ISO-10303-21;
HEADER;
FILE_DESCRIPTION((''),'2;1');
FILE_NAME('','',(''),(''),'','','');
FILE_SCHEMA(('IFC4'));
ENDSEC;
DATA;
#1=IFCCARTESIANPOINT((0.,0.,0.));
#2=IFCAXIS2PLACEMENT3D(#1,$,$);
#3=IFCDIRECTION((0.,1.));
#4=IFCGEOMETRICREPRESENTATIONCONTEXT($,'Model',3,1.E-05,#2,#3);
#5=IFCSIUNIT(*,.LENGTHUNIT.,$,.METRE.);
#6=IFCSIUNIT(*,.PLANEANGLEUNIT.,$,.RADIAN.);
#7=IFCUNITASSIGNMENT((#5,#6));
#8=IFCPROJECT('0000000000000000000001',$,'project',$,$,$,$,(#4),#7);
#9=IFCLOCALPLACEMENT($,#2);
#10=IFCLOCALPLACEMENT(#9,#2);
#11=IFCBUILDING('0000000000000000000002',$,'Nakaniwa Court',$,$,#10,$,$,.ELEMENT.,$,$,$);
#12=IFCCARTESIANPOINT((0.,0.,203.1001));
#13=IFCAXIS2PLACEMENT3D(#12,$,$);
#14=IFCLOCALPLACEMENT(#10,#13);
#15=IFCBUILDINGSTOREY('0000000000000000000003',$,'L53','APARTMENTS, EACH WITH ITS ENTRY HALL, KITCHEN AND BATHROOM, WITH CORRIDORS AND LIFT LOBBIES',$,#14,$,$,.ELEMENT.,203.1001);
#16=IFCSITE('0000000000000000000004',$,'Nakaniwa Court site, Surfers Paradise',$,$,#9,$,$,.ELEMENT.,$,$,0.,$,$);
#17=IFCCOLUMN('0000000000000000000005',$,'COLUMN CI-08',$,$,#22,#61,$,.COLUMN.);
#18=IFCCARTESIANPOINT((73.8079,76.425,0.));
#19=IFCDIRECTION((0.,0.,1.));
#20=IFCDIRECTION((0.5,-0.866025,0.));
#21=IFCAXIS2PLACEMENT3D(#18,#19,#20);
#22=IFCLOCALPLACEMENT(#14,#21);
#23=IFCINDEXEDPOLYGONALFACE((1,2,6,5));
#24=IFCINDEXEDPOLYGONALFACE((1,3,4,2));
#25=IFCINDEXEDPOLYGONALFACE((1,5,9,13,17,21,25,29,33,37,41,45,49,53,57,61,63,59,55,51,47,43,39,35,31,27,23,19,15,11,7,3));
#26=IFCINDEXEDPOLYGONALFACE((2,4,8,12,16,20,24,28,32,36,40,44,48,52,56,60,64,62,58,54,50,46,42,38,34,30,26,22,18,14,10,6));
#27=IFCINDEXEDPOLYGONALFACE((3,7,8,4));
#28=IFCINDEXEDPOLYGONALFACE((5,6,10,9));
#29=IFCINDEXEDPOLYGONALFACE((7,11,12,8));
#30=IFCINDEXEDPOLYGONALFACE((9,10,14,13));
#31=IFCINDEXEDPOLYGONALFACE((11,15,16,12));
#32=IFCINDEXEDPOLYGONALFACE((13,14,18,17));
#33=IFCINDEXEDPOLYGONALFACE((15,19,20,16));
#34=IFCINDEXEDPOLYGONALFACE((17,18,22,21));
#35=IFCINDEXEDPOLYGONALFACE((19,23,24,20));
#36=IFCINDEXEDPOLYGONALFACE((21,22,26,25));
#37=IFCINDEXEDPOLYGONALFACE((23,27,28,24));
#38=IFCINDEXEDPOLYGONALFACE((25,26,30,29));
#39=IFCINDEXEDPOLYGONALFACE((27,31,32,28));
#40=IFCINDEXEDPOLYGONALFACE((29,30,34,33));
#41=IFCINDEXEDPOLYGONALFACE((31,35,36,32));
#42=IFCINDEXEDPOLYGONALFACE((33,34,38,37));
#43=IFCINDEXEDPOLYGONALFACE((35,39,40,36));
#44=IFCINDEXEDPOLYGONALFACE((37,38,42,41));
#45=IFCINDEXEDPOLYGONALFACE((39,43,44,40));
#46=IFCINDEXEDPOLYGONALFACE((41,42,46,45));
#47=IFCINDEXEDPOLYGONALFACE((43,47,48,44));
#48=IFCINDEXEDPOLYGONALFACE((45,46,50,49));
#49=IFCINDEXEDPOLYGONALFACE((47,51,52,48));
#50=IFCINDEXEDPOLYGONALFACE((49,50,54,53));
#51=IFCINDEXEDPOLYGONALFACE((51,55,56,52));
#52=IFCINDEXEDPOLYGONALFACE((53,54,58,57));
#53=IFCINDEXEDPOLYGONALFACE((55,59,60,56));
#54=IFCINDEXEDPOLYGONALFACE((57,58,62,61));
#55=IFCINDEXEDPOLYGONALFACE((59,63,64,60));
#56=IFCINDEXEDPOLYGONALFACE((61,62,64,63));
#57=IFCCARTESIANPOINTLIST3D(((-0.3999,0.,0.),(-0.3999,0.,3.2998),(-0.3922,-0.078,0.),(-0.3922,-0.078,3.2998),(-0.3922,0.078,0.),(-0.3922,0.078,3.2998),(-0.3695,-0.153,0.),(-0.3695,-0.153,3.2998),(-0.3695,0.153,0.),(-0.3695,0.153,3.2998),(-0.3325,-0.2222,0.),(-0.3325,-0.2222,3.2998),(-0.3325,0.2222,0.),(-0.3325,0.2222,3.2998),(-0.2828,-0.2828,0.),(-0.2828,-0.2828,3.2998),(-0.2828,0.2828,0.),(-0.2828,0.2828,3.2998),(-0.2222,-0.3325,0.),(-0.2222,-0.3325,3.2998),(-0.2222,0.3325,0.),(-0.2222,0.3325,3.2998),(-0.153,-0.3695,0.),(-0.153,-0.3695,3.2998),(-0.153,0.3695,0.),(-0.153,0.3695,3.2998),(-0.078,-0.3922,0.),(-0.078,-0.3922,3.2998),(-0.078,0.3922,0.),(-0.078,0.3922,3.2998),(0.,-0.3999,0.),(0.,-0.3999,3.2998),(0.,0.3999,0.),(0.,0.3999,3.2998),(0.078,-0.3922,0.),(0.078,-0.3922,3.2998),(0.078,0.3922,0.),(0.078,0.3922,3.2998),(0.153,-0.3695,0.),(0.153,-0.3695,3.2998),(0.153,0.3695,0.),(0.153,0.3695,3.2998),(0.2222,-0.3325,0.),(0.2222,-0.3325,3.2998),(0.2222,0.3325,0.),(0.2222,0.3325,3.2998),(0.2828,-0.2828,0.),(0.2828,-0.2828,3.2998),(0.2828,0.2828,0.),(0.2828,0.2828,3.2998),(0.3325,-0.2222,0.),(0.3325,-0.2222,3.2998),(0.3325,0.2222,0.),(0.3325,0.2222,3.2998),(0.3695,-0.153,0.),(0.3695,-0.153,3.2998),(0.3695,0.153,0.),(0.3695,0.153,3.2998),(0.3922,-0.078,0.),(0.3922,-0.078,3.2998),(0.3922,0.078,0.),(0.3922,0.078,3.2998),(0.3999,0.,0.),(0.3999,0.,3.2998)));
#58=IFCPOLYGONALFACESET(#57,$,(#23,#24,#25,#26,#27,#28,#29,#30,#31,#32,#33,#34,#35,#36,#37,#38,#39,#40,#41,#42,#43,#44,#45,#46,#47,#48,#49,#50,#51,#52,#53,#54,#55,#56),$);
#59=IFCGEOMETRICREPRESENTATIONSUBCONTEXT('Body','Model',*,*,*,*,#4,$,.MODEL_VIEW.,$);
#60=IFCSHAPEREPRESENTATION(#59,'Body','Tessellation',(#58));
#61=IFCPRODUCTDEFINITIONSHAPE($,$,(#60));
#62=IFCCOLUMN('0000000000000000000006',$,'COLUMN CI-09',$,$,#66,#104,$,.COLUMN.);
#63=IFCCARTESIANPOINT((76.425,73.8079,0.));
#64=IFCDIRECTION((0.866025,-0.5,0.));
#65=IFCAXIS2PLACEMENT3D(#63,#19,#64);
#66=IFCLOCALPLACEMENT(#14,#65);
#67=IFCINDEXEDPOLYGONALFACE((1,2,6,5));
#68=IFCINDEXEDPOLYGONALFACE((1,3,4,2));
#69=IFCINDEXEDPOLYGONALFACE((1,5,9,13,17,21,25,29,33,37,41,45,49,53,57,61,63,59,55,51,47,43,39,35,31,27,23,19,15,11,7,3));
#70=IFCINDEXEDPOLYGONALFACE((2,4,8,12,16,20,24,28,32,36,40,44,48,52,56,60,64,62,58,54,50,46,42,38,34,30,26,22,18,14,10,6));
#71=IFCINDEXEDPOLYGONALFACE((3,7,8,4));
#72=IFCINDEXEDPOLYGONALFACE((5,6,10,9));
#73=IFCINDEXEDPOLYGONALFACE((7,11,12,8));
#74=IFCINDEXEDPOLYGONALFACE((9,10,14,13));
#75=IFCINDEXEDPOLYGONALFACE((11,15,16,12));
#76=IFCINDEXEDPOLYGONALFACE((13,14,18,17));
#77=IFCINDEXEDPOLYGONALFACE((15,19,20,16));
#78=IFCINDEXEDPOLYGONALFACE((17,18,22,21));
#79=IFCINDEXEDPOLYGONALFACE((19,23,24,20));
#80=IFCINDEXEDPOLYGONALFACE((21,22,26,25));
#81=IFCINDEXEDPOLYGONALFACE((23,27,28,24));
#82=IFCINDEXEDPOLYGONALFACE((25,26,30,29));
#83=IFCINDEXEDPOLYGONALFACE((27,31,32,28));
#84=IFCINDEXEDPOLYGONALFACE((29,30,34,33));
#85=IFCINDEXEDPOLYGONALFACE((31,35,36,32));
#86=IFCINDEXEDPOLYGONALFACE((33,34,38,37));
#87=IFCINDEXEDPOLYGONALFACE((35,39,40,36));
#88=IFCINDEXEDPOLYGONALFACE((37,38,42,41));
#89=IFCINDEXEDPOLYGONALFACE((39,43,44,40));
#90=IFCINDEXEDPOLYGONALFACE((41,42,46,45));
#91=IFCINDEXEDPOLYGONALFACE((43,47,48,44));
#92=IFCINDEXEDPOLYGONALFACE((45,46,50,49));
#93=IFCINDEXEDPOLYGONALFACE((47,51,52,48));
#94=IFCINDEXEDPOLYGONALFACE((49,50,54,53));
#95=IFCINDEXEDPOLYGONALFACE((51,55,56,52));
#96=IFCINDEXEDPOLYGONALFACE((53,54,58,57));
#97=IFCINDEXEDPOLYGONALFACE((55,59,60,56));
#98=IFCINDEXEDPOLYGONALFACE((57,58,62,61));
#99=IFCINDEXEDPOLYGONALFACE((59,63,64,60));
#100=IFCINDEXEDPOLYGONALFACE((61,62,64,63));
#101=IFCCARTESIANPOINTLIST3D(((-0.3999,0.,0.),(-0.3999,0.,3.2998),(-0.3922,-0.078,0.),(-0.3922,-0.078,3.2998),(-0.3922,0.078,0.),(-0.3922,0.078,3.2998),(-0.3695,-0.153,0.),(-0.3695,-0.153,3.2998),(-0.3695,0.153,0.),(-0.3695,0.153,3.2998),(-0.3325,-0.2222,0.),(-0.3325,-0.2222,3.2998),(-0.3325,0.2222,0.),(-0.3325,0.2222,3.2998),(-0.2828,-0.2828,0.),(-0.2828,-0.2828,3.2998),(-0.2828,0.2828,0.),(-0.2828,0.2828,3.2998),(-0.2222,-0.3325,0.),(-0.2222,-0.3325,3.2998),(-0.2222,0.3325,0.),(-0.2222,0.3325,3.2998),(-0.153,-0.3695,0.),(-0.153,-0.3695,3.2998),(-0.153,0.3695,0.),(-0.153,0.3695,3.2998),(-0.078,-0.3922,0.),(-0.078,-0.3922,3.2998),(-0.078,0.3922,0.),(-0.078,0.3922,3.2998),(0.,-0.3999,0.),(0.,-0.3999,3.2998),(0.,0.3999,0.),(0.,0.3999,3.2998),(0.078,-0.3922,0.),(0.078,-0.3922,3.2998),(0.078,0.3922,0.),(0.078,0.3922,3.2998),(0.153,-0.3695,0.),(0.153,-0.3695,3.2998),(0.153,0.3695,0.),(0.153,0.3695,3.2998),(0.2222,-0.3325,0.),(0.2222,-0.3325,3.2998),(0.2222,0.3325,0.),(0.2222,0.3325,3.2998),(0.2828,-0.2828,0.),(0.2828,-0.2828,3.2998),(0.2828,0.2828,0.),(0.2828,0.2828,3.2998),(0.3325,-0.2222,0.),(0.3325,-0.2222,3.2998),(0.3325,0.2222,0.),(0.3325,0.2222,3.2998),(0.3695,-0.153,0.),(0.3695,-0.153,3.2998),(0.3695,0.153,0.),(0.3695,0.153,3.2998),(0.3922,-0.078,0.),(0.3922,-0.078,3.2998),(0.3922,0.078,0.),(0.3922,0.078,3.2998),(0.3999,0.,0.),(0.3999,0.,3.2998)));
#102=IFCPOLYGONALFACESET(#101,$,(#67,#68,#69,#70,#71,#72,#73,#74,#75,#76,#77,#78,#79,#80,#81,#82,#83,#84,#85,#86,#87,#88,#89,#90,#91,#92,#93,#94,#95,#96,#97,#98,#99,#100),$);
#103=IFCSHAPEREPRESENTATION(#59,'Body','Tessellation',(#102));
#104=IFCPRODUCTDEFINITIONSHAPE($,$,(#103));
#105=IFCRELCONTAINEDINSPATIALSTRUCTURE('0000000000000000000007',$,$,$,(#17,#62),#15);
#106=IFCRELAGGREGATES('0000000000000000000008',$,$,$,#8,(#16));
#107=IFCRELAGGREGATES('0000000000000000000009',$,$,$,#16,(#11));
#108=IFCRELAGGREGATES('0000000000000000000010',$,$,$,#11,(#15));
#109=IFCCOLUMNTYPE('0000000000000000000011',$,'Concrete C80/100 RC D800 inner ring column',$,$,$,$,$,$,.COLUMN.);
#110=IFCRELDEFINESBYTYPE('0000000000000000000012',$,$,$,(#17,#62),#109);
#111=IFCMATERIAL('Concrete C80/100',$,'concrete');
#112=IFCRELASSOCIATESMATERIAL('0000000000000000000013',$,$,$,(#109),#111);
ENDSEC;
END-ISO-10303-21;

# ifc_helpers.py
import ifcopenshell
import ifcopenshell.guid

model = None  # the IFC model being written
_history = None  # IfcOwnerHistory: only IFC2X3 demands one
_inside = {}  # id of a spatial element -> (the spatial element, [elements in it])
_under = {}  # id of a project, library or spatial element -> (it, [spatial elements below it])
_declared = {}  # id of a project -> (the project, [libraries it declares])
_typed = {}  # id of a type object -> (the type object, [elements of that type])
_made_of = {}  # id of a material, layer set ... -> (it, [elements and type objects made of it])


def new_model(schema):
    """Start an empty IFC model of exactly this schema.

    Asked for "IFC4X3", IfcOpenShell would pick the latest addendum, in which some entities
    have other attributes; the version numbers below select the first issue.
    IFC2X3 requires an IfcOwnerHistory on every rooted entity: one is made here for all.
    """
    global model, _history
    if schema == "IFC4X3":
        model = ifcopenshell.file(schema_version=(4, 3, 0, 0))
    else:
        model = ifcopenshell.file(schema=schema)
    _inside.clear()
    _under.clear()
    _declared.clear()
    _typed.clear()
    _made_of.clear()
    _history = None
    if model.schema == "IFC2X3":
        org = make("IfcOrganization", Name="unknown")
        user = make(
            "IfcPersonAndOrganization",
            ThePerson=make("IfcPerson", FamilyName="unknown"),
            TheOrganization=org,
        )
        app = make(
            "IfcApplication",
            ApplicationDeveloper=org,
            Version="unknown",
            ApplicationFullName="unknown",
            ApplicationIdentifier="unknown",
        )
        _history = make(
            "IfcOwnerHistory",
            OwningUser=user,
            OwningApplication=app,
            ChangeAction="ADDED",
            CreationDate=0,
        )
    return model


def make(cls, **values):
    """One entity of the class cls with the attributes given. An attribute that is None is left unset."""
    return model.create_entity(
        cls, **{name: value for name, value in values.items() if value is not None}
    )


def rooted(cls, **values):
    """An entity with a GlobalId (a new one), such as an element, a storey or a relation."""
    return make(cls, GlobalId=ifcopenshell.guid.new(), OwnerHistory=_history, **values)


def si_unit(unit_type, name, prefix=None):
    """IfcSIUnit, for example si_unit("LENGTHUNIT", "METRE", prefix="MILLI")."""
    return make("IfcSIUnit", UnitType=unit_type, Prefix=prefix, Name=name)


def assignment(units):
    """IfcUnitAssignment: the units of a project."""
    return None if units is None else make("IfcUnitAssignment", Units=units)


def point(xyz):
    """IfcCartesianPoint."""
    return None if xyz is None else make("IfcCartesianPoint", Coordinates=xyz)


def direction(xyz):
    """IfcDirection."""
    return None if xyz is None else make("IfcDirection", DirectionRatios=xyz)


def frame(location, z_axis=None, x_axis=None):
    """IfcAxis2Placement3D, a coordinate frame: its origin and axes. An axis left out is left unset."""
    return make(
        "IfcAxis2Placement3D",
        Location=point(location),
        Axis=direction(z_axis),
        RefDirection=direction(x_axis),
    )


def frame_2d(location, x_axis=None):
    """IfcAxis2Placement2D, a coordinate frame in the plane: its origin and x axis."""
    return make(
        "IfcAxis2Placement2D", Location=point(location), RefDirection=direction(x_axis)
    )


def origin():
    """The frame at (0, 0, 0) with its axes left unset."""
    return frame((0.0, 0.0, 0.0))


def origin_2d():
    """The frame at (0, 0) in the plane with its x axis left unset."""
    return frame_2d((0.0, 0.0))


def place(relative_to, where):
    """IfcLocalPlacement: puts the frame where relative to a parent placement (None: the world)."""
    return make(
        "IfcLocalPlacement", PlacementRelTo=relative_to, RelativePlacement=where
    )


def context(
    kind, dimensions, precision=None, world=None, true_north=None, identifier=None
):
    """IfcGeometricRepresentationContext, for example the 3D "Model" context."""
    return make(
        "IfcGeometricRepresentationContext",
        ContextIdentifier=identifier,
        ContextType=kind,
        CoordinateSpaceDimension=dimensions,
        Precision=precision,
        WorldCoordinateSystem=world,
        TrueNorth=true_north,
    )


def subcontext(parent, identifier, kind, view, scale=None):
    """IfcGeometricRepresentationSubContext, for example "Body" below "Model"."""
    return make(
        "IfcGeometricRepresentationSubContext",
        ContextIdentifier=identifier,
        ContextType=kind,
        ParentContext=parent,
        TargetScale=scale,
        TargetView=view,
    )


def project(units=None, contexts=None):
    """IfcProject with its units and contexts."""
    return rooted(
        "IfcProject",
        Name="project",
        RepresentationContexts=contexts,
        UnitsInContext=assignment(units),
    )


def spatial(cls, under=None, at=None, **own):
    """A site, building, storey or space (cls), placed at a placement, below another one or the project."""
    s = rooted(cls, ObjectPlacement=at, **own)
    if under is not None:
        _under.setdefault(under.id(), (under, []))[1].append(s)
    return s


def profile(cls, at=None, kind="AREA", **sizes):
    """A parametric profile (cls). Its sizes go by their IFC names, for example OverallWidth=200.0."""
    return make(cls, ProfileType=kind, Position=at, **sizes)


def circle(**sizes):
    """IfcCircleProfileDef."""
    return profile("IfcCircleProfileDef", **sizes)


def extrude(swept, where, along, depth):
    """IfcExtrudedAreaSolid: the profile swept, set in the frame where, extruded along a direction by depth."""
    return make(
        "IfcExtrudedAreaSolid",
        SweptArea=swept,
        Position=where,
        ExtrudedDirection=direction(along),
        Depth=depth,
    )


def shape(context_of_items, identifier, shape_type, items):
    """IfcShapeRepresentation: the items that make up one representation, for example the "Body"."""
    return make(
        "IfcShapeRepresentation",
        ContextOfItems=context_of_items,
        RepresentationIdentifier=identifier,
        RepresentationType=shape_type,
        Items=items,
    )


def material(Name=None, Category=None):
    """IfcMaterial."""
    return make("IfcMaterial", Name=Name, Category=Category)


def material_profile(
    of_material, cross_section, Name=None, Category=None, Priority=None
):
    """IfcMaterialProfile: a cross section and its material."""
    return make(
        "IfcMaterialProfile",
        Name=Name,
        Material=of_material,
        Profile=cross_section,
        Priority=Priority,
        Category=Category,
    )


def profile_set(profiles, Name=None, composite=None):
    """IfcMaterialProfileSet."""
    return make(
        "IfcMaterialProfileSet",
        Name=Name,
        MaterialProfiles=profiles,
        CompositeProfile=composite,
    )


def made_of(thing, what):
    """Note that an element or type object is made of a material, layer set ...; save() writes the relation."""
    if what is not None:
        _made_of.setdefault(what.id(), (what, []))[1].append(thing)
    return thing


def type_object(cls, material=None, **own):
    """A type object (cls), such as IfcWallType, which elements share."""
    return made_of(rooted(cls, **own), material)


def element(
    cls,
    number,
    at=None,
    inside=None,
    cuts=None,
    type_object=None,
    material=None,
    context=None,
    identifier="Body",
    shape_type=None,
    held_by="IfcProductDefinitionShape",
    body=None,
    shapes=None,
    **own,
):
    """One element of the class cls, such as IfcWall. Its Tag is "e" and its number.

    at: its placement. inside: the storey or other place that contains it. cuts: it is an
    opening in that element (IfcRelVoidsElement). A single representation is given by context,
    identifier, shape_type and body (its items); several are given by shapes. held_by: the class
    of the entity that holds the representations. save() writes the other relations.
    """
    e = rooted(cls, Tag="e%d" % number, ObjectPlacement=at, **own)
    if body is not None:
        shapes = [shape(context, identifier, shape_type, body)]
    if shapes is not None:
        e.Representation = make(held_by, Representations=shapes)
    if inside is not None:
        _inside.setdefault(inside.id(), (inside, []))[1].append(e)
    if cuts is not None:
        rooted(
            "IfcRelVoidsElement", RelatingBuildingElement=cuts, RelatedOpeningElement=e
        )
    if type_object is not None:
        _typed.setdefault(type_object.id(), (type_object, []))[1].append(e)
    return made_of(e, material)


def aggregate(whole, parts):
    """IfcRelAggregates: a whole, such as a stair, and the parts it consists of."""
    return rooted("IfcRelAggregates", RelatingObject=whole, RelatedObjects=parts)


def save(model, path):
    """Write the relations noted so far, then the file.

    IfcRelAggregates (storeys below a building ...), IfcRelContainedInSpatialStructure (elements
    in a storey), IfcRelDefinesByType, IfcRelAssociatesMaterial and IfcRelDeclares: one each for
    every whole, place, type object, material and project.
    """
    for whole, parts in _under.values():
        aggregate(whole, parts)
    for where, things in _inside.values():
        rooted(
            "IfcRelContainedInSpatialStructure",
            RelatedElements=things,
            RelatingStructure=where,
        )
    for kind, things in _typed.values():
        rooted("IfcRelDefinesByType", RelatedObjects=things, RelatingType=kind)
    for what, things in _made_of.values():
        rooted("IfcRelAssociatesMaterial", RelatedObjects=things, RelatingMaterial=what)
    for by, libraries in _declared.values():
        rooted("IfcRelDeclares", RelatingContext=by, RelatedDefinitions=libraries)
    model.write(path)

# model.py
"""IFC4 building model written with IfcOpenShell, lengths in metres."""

from ifc_helpers import new_model, si_unit, direction, frame, origin, origin_2d, place, context, subcontext, project, spatial, circle, extrude, material, material_profile, profile_set, type_object, element, save


model = new_model("IFC4")

# Units and contexts
model_context = context("Model", 3, precision=1e-05, world=origin(), true_north=direction((0.0, 1.0)))
body_context = subcontext(model_context, "Body", "Model", "MODEL_VIEW")
ifc_project = project(units=[si_unit("LENGTHUNIT", "METRE"), si_unit("PLANEANGLEUNIT", "RADIAN")], contexts=[model_context])

# Site, building, storey
site_placement = place(None, origin())
site = spatial("IfcSite", under=ifc_project, at=site_placement, Name="Nakaniwa Court site, Surfers Paradise", CompositionType="ELEMENT", RefElevation=0.0)
building_placement = place(site_placement, origin())
building = spatial("IfcBuilding", under=site, at=building_placement, Name="Nakaniwa Court", CompositionType="ELEMENT")
storey_placement = place(building_placement, frame((0.0, 0.0, 203.1001)))
storey = spatial("IfcBuildingStorey", under=building, at=storey_placement, Name="L53", Description="APARTMENTS, EACH WITH ITS ENTRY HALL, KITCHEN AND BATHROOM, WITH CORRIDORS AND LIFT LOBBIES", CompositionType="ELEMENT", Elevation=203.1001)

# Columns
ifc_material_1 = material(Name="Concrete C80/100", Category="concrete")
ifc_material_profile_1 = material_profile(ifc_material_1, circle(Radius=0.3999, at=origin_2d()), Name="Concrete C80/100 RC D800 inner ring column")
ifc_profile_set_1 = profile_set([ifc_material_profile_1], Name="Concrete C80/100")
column_type_1 = type_object("IfcColumnType", Name="Concrete C80/100 RC D800 inner ring column", PredefinedType="COLUMN", material=ifc_profile_set_1)
for number, where, z_axis, x_axis, name in (
    (1, (73.8079, 76.425, 0.0), (0.0, 0.0, 1.0), (0.5, -0.866025, 0.0), "COLUMN CI-08"),
    (2, (76.425, 73.8079, 0.0), (0.0, 0.0, 1.0), (0.866025, -0.5, 0.0), "COLUMN CI-09"),
):
    element("IfcColumn", number, at=place(storey_placement, frame(where, z_axis=z_axis, x_axis=x_axis)), inside=storey, type_object=column_type_1, Name=name, PredefinedType="COLUMN", context=body_context, shape_type="SweptSolid", body=[
        extrude(circle(Radius=0.3999, at=origin_2d()), origin(), (0.0, 0.0, 1.0), 3.2998),
    ])

save(model, "model.ifc")
